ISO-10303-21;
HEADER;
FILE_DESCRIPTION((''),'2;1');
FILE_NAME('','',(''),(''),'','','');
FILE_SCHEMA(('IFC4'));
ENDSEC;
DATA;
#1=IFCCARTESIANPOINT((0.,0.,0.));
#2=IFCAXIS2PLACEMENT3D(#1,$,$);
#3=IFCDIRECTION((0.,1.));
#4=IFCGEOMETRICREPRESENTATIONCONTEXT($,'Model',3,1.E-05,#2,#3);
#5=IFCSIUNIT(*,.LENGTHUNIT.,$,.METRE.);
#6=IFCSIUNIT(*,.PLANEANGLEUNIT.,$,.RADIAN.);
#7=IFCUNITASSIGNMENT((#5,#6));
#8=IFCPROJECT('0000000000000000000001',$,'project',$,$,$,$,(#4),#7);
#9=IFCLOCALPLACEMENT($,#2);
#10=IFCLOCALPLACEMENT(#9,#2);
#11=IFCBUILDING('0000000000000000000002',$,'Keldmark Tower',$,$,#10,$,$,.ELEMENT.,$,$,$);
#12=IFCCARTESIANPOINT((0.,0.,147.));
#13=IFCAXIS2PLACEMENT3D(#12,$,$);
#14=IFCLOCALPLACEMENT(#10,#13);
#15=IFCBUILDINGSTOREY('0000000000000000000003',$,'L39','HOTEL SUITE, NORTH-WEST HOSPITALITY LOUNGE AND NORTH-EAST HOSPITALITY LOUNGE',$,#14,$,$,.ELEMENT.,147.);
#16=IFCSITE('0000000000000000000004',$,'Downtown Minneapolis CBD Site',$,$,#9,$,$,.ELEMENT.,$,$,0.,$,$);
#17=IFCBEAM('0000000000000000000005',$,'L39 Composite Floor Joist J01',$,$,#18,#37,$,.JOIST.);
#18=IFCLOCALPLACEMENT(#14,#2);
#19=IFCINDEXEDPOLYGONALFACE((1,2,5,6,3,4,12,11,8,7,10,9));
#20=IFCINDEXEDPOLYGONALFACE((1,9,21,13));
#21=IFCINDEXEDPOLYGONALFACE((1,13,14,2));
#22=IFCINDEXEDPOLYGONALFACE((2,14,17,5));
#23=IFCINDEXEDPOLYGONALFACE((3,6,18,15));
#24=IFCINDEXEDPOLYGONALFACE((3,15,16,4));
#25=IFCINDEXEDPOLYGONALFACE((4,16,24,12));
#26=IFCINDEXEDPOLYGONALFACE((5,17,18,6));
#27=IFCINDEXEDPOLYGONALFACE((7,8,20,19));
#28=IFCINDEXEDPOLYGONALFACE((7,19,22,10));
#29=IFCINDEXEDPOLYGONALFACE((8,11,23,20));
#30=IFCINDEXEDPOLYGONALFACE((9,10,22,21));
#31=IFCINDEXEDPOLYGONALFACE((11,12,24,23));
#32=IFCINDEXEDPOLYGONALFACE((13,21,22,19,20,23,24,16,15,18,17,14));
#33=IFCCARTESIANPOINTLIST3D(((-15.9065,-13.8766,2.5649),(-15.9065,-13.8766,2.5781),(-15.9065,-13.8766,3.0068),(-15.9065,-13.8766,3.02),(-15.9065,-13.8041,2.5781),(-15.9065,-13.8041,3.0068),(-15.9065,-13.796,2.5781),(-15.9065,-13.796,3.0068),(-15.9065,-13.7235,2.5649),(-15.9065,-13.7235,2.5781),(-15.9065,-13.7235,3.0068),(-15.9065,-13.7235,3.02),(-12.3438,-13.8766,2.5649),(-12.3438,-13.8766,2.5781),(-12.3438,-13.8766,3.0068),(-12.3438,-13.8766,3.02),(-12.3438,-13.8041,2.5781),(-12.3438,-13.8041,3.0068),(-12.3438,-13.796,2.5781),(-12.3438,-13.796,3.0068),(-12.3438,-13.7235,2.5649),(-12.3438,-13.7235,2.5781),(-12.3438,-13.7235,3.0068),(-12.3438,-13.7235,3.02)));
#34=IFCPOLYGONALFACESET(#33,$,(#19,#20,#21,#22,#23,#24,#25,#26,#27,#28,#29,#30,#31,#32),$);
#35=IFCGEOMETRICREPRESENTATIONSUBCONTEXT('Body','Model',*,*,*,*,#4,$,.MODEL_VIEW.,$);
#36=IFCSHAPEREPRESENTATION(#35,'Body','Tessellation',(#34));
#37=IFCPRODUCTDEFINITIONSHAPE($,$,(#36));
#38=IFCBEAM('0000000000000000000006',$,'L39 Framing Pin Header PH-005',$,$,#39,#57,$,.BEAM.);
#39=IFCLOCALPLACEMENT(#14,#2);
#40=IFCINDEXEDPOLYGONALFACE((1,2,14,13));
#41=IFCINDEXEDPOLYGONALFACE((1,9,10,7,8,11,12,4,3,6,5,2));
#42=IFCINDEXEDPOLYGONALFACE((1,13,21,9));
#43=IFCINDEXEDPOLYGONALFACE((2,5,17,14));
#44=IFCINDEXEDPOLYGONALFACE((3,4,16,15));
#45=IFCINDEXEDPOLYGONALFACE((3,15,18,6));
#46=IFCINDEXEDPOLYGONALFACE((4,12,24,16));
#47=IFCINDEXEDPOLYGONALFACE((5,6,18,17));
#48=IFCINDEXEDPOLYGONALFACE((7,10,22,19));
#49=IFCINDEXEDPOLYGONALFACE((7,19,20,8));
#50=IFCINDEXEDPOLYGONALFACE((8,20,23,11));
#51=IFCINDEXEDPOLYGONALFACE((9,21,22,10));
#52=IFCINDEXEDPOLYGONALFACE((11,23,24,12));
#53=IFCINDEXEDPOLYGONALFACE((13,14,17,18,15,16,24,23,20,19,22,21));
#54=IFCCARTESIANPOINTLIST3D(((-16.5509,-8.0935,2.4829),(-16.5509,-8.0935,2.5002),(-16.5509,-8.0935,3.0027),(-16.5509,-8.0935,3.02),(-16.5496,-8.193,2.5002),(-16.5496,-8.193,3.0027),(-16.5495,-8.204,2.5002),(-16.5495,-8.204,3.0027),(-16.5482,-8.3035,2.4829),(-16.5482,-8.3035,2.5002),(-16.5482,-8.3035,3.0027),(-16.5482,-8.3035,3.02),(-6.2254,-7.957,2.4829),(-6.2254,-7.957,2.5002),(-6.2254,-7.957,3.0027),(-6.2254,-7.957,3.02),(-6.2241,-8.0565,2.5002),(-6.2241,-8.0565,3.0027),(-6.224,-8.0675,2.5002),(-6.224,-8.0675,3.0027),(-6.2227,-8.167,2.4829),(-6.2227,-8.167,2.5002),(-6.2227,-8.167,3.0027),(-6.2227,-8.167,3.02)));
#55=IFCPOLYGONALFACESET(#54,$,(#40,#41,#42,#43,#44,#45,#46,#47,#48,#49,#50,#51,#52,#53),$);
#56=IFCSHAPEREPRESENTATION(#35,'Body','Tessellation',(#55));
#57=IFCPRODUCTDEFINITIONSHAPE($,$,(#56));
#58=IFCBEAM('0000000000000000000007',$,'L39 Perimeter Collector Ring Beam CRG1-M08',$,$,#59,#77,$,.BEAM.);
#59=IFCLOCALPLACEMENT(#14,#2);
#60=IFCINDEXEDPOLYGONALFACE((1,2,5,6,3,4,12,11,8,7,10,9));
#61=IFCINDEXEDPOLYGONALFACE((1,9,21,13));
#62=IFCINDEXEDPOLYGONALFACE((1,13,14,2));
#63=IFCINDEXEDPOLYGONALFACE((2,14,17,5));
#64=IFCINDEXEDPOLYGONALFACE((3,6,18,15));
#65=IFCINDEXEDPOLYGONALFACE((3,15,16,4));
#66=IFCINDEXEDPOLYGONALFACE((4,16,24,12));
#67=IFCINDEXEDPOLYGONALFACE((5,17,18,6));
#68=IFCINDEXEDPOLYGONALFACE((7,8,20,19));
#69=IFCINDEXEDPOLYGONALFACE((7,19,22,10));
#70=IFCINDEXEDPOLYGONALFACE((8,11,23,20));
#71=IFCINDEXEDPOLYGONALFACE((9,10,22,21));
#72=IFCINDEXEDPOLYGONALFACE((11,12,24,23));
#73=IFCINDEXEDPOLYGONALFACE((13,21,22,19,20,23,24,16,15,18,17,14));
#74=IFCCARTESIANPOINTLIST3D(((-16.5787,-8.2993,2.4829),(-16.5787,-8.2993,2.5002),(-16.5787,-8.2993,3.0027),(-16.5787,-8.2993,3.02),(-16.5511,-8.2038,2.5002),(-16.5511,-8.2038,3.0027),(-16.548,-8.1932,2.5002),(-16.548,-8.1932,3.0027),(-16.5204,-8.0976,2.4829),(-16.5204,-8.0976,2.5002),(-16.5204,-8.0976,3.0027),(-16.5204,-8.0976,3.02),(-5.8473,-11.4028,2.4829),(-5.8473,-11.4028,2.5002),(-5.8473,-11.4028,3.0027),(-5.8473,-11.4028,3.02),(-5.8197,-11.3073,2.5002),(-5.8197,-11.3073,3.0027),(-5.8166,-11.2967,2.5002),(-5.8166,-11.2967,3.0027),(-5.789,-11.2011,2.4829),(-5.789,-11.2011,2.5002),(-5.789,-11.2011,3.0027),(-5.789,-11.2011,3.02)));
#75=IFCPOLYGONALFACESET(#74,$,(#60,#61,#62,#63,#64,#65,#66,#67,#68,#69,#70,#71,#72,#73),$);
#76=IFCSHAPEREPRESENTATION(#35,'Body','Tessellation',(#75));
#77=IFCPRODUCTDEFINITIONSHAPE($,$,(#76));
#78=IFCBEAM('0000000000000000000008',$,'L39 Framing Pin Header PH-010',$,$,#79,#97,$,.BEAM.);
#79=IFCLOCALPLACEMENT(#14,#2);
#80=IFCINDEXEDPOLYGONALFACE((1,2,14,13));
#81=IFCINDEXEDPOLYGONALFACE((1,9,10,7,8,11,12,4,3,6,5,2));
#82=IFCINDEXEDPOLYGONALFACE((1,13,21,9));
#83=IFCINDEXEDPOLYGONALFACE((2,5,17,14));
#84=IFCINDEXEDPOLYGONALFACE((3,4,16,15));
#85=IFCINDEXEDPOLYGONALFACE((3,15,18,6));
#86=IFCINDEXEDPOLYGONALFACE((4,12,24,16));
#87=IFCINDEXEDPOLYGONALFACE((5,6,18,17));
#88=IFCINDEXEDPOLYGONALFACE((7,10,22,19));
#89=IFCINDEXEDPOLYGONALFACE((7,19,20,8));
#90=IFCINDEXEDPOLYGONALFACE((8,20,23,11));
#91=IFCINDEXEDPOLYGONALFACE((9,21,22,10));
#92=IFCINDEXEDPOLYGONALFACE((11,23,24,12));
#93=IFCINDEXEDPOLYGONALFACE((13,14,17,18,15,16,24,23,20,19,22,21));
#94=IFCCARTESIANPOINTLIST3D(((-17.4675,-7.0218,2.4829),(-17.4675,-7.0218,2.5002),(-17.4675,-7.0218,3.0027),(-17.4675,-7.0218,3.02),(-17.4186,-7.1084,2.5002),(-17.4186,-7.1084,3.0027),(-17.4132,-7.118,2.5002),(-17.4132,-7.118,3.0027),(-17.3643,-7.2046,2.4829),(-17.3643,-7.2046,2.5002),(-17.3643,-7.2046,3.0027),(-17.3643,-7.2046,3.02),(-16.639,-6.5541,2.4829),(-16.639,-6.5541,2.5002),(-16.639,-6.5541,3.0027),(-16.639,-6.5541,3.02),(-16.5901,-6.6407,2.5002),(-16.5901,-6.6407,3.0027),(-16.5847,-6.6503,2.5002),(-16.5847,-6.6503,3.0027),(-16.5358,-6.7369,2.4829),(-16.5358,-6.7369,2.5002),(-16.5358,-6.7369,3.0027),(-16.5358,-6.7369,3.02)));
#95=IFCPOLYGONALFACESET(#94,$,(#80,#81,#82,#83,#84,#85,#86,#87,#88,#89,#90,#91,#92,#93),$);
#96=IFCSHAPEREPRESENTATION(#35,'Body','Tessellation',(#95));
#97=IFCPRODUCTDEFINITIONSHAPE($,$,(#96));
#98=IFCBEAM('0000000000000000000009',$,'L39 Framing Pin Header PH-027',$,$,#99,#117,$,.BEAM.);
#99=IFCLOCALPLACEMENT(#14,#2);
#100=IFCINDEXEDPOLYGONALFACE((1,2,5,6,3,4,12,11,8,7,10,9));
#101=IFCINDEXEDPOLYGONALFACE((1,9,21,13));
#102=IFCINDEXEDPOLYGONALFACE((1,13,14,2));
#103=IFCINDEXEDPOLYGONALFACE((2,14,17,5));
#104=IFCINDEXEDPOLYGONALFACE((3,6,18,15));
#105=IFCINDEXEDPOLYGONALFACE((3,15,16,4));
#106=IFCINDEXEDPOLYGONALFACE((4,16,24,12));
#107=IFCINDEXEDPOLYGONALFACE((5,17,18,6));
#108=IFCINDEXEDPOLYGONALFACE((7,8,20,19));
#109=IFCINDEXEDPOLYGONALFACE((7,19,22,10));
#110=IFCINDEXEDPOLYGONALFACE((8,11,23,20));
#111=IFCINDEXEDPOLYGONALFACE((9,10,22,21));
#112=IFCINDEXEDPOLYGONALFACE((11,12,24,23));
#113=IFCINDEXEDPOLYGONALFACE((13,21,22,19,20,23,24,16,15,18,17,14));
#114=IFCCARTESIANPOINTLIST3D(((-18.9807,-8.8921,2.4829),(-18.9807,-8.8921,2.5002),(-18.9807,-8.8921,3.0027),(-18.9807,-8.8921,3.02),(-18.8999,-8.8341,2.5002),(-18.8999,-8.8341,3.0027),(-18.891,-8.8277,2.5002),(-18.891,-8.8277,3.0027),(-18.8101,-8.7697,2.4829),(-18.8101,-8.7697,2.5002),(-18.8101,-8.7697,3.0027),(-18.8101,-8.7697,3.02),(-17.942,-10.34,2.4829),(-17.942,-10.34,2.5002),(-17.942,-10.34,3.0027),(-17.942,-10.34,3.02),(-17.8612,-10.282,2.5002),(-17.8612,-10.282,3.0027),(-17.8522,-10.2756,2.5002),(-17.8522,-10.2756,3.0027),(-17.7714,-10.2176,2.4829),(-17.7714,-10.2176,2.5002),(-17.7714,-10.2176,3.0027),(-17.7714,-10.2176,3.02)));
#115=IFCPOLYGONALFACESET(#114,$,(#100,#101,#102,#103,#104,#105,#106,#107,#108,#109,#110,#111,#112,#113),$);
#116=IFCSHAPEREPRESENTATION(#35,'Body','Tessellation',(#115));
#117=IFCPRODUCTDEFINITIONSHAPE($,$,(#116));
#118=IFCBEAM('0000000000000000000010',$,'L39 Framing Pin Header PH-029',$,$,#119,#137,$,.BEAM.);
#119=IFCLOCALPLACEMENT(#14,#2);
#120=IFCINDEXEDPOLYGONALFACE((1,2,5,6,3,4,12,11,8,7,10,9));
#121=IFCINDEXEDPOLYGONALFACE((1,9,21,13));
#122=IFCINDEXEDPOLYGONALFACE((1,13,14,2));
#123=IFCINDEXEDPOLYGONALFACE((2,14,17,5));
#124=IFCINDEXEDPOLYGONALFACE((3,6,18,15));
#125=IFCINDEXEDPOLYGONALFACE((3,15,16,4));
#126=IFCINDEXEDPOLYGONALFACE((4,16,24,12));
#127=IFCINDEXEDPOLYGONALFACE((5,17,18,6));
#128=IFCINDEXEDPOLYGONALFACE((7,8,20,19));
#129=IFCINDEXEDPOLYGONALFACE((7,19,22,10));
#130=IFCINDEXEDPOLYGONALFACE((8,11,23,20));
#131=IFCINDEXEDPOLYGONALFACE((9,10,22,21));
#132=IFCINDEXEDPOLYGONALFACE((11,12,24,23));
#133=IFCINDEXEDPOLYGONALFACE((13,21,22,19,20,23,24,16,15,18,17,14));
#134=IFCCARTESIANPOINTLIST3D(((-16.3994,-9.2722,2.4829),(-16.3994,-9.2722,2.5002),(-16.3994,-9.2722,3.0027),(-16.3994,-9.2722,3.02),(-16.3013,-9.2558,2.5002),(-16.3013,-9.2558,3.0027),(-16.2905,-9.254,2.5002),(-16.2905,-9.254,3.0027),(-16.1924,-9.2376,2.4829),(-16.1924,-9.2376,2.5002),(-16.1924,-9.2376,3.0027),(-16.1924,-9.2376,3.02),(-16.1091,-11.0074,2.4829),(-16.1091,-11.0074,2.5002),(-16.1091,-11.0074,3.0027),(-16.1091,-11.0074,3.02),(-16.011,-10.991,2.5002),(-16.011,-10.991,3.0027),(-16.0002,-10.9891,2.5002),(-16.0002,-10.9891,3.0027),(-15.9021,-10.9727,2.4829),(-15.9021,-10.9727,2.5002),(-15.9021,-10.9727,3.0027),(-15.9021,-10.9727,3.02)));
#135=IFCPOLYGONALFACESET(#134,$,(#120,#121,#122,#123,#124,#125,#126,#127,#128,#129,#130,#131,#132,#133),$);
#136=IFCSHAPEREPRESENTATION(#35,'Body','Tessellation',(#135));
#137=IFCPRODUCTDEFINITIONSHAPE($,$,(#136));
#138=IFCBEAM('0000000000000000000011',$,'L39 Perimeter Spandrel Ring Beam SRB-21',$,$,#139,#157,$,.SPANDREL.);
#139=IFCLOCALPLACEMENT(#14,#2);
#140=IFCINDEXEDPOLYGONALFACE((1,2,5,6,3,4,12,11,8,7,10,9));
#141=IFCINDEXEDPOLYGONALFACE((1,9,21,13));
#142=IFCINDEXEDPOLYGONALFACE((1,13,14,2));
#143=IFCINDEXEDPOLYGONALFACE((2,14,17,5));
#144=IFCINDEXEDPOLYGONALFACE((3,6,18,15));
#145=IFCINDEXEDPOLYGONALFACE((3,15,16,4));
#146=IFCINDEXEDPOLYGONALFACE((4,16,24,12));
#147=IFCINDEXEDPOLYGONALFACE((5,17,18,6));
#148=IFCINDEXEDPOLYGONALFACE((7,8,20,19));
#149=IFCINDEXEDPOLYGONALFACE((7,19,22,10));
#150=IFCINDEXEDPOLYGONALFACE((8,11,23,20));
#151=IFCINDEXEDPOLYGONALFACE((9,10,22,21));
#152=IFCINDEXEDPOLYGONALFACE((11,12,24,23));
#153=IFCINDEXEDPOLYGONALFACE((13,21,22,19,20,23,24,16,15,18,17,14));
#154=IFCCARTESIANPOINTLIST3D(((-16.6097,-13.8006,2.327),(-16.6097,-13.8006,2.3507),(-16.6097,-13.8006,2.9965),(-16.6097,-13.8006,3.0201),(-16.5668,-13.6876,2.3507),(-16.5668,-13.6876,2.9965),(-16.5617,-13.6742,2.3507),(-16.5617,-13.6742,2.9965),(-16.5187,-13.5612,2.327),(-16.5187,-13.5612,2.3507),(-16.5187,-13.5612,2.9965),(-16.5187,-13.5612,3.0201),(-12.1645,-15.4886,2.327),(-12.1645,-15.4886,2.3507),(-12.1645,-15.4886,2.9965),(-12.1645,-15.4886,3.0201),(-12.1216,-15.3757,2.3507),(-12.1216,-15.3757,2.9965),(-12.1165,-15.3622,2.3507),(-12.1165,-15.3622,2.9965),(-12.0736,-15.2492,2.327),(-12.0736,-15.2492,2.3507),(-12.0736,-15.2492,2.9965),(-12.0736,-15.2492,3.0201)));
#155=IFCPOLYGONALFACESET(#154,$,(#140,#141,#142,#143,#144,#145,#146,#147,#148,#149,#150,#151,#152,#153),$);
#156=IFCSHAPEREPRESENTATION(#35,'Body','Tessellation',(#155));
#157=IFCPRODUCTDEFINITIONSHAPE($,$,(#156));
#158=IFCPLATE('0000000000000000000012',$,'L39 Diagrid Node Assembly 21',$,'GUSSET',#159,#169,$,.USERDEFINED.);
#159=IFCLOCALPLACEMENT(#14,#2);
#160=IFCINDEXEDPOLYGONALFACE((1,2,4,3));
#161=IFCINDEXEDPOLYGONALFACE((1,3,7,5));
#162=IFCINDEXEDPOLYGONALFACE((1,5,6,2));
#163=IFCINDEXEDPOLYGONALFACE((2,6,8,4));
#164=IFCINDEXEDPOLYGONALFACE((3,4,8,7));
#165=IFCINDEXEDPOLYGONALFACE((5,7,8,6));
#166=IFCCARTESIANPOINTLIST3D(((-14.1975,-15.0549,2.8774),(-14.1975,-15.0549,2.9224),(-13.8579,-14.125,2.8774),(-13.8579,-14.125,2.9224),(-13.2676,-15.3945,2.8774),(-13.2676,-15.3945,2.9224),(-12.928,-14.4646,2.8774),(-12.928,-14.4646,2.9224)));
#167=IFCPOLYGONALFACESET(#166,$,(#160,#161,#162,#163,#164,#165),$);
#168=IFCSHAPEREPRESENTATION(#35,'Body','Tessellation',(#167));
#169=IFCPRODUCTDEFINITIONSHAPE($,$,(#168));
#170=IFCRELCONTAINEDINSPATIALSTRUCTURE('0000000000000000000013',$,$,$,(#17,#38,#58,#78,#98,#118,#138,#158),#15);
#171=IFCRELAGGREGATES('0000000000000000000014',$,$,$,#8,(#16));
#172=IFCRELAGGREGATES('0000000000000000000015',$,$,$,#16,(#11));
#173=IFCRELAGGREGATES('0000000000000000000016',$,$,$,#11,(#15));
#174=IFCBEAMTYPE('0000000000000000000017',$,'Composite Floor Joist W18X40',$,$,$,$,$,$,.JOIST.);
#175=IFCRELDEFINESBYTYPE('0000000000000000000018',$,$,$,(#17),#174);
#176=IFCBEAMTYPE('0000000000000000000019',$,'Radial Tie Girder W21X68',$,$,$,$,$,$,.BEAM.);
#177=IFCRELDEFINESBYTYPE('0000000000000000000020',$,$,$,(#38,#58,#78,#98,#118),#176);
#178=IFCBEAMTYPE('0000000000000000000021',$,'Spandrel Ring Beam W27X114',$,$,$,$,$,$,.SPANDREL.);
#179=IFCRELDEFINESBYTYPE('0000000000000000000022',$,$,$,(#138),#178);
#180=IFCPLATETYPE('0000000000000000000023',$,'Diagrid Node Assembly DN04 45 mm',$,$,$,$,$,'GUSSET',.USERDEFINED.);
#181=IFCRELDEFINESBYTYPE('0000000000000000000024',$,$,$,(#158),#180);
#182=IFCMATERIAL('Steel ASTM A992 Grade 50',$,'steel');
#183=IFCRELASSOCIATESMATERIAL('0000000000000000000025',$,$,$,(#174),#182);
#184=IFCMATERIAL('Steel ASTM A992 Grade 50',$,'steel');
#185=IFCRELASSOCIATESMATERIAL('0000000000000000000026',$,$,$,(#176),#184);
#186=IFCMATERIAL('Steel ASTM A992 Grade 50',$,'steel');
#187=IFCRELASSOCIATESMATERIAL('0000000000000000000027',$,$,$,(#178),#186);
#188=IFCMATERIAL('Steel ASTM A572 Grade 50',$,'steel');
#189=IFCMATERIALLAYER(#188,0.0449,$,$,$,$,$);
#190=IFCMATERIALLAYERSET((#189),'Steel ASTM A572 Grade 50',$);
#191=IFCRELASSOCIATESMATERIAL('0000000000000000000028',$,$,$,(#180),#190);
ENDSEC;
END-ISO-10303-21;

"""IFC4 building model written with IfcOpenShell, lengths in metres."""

from ifc_helpers import new_model, si_unit, direction, frame, origin, origin_2d, place, context, subcontext, project, spatial, rectangle, i_section, extrude, material, layer, layer_set, material_profile, profile_set, type_object, element, save


model = new_model("IFC4")

# Units and contexts
model_context = context("Model", 3, precision=1e-05, world=origin(), true_north=direction((0.0, 1.0)))
body_context = subcontext(model_context, "Body", "Model", "MODEL_VIEW")
ifc_project = project(units=[si_unit("LENGTHUNIT", "METRE"), si_unit("PLANEANGLEUNIT", "RADIAN")], contexts=[model_context])

# Site, building, storey
site_placement = place(None, origin())
site = spatial("IfcSite", under=ifc_project, at=site_placement, Name="Downtown Minneapolis CBD Site", CompositionType="ELEMENT", RefElevation=0.0)
building_placement = place(site_placement, origin())
building = spatial("IfcBuilding", under=site, at=building_placement, Name="Keldmark Tower", CompositionType="ELEMENT")
storey_placement = place(building_placement, frame((0.0, 0.0, 147.0)))
storey = spatial("IfcBuildingStorey", under=building, at=storey_placement, Name="L39", Description="HOTEL SUITE, NORTH-WEST HOSPITALITY LOUNGE AND NORTH-EAST HOSPITALITY LOUNGE", CompositionType="ELEMENT", Elevation=147.0)

# Beams
ifc_material_1 = material(Name="Steel ASTM A992 Grade 50", Category="steel")
ifc_material_profile_1 = material_profile(ifc_material_1, i_section(OverallWidth=0.1531, OverallDepth=0.4551, WebThickness=0.0081, FlangeThickness=0.0132, at=origin_2d()), Name="W18X40")
ifc_profile_set_1 = profile_set([ifc_material_profile_1], Name="Steel ASTM A992 Grade 50")
beam_type_1 = type_object("IfcBeamType", Name="Composite Floor Joist W18X40", PredefinedType="JOIST", material=ifc_profile_set_1)
beam_1_placement = place(storey_placement, frame((-15.9065, -13.8, 2.7925), z_axis=(1.0, 0.0, 0.0), x_axis=(0.0, 1.0, 0.0)))
element("IfcBeam", 1, at=beam_1_placement, inside=storey, type_object=beam_type_1, Name="L39 Composite Floor Joist J01", PredefinedType="JOIST", context=body_context, shape_type="SweptSolid", body=[
    extrude(i_section(OverallWidth=0.1531, OverallDepth=0.4551, WebThickness=0.0081, FlangeThickness=0.0132, at=origin_2d()), origin(), (0.0, 0.0, 1.0), 3.5627),
])
ifc_material_2 = material(Name="Steel ASTM A992 Grade 50", Category="steel")
ifc_material_profile_2 = material_profile(ifc_material_2, i_section(OverallWidth=0.21, OverallDepth=0.5371, WebThickness=0.011, FlangeThickness=0.0173, at=origin_2d()), Name="W21X68")
ifc_profile_set_2 = profile_set([ifc_material_profile_2], Name="Steel ASTM A992 Grade 50")
beam_type_2 = type_object("IfcBeamType", Name="Radial Tie Girder W21X68", PredefinedType="BEAM", material=ifc_profile_set_2)
beam_2_placement = place(storey_placement, frame((-16.5496, -8.1985, 2.7515), z_axis=(0.999913, 0.013216, 0.0), x_axis=(-0.013216, 0.999913, 0.0)))
element("IfcBeam", 2, at=beam_2_placement, inside=storey, type_object=beam_type_2, Name="L39 Framing Pin Header PH-005", PredefinedType="BEAM", context=body_context, shape_type="SweptSolid", body=[
    extrude(i_section(OverallWidth=0.21, OverallDepth=0.5371, WebThickness=0.011, FlangeThickness=0.0173, at=origin_2d()), origin(), (0.0, 0.0, 1.0), 10.3264),
])
beam_3_placement = place(storey_placement, frame((-16.5496, -8.1985, 2.7515), z_axis=(0.960635, -0.277814, 0.0), x_axis=(0.277814, 0.960635, 0.0)))
element("IfcBeam", 3, at=beam_3_placement, inside=storey, type_object=beam_type_2, Name="L39 Perimeter Collector Ring Beam CRG1-M08", PredefinedType="BEAM", context=body_context, shape_type="SweptSolid", body=[
    extrude(i_section(OverallWidth=0.21, OverallDepth=0.5371, WebThickness=0.011, FlangeThickness=0.0173, at=origin_2d()), origin(), (0.0, 0.0, 1.0), 11.1711),
])
beam_4_placement = place(storey_placement, frame((-16.5874, -6.6455, 2.7515), z_axis=(-0.870821, -0.491601, 0.0), x_axis=(0.491601, -0.870821, 0.0)))
element("IfcBeam", 4, at=beam_4_placement, inside=storey, type_object=beam_type_2, Name="L39 Framing Pin Header PH-010", PredefinedType="BEAM", context=body_context, shape_type="SweptSolid", body=[
    extrude(i_section(OverallWidth=0.21, OverallDepth=0.5371, WebThickness=0.011, FlangeThickness=0.0173, at=origin_2d()), origin(), (0.0, 0.0, 1.0), 0.9514),
])
beam_5_placement = place(storey_placement, frame((-17.8567, -10.2788, 2.7515), z_axis=(-0.582922, 0.812528, 0.0), x_axis=(-0.812528, -0.582922, 0.0)))
element("IfcBeam", 5, at=beam_5_placement, inside=storey, type_object=beam_type_2, Name="L39 Framing Pin Header PH-027", PredefinedType="BEAM", context=body_context, shape_type="SweptSolid", body=[
    extrude(i_section(OverallWidth=0.21, OverallDepth=0.5371, WebThickness=0.011, FlangeThickness=0.0173, at=origin_2d()), origin(), (0.0, 0.0, 1.0), 1.782),
])
beam_6_placement = place(storey_placement, frame((-16.2959, -9.2549, 2.7515), z_axis=(0.165007, -0.986292, 0.0), x_axis=(0.986292, 0.165007, 0.0)))
element("IfcBeam", 6, at=beam_6_placement, inside=storey, type_object=beam_type_2, Name="L39 Framing Pin Header PH-029", PredefinedType="BEAM", context=body_context, shape_type="SweptSolid", body=[
    extrude(i_section(OverallWidth=0.21, OverallDepth=0.5371, WebThickness=0.011, FlangeThickness=0.0173, at=origin_2d()), origin(), (0.0, 0.0, 1.0), 1.7593),
])
ifc_material_3 = material(Name="Steel ASTM A992 Grade 50", Category="steel")
ifc_material_profile_3 = material_profile(ifc_material_3, i_section(OverallWidth=0.2561, OverallDepth=0.6931, WebThickness=0.0144, FlangeThickness=0.0237, at=origin_2d()), Name="W27X114")
ifc_profile_set_3 = profile_set([ifc_material_profile_3], Name="Steel ASTM A992 Grade 50")
beam_type_3 = type_object("IfcBeamType", Name="Spandrel Ring Beam W27X114", PredefinedType="SPANDREL", material=ifc_profile_set_3)
beam_7_placement = place(storey_placement, frame((-16.5642, -13.6809, 2.6736), z_axis=(0.934863, -0.355009, 0.0), x_axis=(0.355009, 0.934863, 0.0)))
element("IfcBeam", 7, at=beam_7_placement, inside=storey, type_object=beam_type_3, Name="L39 Perimeter Spandrel Ring Beam SRB-21", PredefinedType="SPANDREL", context=body_context, shape_type="SweptSolid", body=[
    extrude(i_section(OverallWidth=0.2561, OverallDepth=0.6931, WebThickness=0.0144, FlangeThickness=0.0237, at=origin_2d()), origin(), (0.0, 0.0, 1.0), 4.7549),
])

# Plate
ifc_material_4 = material(Name="Steel ASTM A572 Grade 50", Category="steel")
ifc_layer_1 = layer(ifc_material_4, 0.0449)
ifc_layer_set_1 = layer_set([ifc_layer_1], Name="Steel ASTM A572 Grade 50")
plate_type = type_object("IfcPlateType", Name="Diagrid Node Assembly DN04 45 mm", ElementType="GUSSET", PredefinedType="USERDEFINED", material=ifc_layer_set_1)
plate_placement = place(storey_placement, frame((-13.5627, -14.7598, 2.8774), z_axis=(0.0, 0.0, 1.0), x_axis=(0.939334, -0.343004, 0.0)))
element("IfcPlate", 8, at=plate_placement, inside=storey, type_object=plate_type, Name="L39 Diagrid Node Assembly 21", ObjectType="GUSSET", PredefinedType="USERDEFINED", context=body_context, shape_type="SweptSolid", body=[
    extrude(rectangle(XDim=0.99, YDim=0.99, at=origin_2d()), origin(), (0.0, 0.0, 1.0), 0.0449),
])

save(model, "model.ifc")
